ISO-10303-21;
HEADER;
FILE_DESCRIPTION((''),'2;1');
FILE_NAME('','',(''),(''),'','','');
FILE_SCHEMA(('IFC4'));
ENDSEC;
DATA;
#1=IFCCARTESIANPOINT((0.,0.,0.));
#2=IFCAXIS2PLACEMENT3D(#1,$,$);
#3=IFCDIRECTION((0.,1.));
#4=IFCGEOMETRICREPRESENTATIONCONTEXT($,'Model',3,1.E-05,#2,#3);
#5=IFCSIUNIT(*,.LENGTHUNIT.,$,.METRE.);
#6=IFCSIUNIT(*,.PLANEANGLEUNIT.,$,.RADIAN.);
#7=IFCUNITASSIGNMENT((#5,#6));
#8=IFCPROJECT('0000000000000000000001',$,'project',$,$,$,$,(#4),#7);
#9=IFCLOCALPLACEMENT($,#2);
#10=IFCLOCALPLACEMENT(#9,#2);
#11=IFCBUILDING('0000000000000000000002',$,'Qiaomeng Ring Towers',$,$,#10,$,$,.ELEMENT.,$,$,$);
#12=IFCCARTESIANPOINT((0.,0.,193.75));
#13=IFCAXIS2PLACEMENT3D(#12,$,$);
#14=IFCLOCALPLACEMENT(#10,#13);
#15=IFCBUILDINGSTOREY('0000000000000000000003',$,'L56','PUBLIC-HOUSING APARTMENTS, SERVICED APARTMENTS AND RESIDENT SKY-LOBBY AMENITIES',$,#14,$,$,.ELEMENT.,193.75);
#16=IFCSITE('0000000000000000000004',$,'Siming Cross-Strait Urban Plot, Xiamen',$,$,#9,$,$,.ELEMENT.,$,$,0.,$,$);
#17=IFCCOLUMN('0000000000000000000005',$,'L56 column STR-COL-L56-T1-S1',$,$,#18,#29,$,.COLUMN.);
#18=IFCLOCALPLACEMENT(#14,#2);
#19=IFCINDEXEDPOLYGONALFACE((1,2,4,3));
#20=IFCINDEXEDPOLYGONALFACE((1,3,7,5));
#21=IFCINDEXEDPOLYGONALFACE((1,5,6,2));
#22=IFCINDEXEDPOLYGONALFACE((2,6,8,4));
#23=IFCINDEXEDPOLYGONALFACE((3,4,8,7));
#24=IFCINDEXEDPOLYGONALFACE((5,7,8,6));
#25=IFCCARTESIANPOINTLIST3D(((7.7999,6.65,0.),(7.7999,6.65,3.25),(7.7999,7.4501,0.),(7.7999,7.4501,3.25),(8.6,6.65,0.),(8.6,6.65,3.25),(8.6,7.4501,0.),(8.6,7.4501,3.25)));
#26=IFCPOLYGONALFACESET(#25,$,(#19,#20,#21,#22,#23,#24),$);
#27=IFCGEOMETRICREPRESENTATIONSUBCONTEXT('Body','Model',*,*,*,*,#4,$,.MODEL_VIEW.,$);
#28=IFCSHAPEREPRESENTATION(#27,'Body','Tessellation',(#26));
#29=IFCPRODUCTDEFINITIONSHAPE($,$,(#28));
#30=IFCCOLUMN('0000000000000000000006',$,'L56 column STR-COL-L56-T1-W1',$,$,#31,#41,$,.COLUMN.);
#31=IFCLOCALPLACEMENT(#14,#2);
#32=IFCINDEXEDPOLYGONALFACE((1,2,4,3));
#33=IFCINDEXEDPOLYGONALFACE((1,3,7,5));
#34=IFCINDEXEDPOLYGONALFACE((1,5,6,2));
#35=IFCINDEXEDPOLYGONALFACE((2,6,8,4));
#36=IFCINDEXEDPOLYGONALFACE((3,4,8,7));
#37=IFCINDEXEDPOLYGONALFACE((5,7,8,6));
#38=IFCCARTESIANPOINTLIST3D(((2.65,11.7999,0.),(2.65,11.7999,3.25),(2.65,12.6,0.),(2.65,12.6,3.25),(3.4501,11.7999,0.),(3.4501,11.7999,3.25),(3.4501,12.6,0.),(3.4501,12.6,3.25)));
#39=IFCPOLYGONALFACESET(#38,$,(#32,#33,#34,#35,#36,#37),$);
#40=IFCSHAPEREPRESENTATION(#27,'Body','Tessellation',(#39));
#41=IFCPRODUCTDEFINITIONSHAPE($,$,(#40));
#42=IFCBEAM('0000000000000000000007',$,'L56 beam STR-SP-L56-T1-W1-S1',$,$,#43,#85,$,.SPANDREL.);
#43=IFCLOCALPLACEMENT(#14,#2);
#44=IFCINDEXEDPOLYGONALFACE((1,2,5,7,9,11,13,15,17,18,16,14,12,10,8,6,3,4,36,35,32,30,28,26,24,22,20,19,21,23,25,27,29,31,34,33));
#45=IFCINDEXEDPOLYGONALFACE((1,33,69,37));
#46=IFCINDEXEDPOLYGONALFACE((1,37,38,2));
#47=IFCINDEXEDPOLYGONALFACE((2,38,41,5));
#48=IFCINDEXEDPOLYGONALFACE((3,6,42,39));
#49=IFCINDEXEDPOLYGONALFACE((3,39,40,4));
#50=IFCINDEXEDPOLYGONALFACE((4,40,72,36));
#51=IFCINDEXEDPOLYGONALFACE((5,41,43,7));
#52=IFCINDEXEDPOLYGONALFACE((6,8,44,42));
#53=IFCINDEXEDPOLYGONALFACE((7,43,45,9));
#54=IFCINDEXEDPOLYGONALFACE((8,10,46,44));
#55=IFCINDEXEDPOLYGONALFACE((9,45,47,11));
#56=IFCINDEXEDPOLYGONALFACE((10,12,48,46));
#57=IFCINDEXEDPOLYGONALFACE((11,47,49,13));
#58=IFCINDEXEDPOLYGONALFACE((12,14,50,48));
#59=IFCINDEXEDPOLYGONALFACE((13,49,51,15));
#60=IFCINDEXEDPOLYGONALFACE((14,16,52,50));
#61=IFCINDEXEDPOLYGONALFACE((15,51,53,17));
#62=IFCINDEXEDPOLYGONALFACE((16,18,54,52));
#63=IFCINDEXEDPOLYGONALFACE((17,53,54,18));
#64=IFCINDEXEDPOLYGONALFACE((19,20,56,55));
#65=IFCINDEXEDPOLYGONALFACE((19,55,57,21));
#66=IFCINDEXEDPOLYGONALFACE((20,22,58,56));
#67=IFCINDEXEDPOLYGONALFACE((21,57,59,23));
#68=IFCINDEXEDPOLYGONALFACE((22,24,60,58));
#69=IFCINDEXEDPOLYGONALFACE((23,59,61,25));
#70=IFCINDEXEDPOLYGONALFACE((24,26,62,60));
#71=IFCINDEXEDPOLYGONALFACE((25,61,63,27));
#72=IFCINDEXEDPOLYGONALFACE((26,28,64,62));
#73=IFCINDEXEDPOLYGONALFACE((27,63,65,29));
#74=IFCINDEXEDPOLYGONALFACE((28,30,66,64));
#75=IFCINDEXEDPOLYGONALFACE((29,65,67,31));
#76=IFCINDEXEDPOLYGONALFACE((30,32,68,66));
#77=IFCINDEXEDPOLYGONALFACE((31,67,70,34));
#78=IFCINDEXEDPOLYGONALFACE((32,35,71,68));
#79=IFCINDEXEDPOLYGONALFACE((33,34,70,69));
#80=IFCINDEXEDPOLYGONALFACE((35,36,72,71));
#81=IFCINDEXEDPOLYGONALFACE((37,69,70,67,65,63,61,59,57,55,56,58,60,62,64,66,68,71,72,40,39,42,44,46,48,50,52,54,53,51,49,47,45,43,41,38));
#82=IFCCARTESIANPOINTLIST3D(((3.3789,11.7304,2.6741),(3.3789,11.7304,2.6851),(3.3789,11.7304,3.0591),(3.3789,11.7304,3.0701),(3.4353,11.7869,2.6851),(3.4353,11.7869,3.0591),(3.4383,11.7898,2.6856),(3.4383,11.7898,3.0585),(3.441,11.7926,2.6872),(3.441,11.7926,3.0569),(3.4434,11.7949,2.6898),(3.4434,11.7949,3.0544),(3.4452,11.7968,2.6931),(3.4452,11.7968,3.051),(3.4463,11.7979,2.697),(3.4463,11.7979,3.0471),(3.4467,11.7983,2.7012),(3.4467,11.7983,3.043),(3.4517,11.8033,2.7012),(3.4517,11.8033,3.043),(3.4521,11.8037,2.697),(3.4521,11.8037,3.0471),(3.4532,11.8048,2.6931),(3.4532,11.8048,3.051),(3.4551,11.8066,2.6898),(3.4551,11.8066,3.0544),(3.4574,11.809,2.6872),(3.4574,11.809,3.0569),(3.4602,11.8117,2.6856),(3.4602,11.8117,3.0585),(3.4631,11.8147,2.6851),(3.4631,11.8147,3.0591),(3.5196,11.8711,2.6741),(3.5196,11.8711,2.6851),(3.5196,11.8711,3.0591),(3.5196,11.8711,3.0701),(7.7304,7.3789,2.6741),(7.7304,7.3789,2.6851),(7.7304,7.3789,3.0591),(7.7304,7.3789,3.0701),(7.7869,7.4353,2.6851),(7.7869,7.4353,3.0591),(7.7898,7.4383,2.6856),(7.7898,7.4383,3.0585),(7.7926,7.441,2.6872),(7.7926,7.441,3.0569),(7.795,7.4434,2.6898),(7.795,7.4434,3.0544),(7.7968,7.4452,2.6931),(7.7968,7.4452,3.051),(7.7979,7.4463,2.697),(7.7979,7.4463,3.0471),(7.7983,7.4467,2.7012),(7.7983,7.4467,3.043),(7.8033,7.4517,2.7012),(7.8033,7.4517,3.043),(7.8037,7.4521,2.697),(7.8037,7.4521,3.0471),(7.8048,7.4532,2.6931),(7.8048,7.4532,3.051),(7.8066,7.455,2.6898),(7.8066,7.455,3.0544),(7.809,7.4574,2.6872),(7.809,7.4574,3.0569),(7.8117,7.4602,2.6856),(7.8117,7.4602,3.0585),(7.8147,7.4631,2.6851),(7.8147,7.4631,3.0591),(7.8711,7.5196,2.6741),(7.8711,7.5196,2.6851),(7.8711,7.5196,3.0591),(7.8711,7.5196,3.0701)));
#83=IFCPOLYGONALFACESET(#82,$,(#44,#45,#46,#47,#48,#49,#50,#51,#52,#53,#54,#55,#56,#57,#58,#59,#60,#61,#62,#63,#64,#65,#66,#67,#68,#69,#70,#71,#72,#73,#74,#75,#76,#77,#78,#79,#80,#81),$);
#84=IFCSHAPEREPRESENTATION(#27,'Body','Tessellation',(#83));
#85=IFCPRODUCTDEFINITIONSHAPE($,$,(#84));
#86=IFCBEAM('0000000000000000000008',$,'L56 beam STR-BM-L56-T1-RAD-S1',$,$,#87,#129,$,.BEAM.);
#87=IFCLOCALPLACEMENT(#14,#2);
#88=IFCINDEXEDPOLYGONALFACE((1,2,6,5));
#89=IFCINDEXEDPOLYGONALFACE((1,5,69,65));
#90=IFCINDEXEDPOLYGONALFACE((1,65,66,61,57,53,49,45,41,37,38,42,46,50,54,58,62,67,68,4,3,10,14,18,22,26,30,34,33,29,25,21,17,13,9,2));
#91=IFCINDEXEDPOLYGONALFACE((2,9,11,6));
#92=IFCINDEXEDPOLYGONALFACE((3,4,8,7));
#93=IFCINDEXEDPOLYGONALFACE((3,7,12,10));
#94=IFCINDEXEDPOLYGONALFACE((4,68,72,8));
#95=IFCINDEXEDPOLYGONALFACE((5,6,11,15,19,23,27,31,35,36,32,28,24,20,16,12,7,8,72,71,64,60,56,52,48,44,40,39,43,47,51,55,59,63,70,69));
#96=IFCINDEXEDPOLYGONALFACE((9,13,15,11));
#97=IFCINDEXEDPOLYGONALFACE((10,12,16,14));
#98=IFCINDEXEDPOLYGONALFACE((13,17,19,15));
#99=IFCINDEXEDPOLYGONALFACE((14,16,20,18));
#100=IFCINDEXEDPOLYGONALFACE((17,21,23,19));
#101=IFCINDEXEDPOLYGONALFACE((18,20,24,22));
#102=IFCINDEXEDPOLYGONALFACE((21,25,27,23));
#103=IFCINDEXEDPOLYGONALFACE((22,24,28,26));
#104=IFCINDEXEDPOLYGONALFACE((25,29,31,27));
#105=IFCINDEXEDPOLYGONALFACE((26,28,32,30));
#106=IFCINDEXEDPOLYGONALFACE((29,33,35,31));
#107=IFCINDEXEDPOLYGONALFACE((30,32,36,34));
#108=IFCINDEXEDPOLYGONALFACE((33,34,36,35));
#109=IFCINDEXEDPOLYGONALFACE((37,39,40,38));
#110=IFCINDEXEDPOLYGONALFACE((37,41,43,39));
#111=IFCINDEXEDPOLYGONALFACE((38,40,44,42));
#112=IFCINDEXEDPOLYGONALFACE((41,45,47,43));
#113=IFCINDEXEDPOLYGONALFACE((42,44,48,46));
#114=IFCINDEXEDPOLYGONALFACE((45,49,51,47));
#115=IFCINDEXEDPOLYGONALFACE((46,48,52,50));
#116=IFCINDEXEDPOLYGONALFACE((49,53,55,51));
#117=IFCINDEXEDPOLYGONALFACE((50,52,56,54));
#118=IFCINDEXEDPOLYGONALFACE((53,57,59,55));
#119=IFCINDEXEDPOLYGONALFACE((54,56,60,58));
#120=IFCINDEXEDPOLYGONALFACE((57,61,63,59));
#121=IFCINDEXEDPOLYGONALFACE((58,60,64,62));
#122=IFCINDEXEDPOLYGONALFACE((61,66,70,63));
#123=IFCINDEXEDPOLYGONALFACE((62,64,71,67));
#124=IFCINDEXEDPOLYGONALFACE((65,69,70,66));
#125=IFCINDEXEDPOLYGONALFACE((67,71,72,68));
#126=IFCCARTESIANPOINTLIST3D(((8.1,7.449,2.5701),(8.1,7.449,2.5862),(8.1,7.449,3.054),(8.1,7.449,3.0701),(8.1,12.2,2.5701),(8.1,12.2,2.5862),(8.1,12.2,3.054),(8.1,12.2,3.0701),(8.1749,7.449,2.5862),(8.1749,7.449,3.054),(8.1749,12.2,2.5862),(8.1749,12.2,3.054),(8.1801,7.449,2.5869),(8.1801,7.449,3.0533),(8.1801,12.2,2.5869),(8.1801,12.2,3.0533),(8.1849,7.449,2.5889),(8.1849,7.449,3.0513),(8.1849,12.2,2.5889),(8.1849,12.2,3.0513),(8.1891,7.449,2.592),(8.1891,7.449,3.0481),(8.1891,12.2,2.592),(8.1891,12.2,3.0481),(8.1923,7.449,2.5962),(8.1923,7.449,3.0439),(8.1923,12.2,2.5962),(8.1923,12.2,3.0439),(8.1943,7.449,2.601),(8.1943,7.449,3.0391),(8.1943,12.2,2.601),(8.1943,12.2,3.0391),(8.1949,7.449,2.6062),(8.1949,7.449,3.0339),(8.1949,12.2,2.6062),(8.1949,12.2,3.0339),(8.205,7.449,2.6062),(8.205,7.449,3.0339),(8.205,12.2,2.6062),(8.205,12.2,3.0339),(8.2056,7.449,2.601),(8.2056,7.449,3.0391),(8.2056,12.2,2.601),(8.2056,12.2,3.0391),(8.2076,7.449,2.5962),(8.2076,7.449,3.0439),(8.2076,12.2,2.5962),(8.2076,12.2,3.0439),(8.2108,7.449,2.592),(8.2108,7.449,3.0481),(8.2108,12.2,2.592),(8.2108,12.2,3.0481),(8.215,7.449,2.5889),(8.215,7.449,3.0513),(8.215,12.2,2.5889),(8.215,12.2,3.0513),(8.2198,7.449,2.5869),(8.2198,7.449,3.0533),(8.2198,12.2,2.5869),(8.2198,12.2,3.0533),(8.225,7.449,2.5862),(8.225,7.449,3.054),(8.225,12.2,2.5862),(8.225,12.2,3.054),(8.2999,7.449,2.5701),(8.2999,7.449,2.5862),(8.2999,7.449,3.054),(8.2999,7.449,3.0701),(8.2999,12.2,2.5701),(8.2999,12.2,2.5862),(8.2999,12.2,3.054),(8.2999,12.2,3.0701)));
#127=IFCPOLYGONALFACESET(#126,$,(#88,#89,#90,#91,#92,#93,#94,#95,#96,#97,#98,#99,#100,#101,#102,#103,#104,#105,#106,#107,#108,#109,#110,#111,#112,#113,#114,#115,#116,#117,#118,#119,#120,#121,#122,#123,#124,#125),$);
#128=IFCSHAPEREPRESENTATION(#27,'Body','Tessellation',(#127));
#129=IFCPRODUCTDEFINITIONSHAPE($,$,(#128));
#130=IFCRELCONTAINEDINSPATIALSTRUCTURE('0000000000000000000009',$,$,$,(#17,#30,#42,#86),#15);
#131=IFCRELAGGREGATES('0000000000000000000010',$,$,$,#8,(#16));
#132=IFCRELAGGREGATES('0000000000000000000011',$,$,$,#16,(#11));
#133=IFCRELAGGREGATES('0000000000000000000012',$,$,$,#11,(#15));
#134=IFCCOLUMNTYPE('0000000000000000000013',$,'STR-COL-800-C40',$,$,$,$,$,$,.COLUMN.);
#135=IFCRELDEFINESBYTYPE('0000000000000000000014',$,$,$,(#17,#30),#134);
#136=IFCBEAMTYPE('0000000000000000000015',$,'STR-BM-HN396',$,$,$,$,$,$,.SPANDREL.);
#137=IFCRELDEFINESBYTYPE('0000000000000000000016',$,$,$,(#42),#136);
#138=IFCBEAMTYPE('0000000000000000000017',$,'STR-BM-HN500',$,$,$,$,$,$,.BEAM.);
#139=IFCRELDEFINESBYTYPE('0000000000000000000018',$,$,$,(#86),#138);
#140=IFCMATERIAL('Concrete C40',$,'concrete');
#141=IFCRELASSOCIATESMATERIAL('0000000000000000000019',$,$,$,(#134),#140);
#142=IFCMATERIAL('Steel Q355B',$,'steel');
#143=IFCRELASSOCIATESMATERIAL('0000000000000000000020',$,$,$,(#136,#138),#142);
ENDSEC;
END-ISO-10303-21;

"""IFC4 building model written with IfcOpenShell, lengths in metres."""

from ifc_helpers import new_model, si_unit, direction, frame, origin, origin_2d, place, context, subcontext, project, spatial, rectangle, i_section, extrude, source, transform, mapped, material, material_profile, profile_set, type_object, element, save


model = new_model("IFC4")

# Units and contexts
model_context = context("Model", 3, precision=1e-05, world=origin(), true_north=direction((0.0, 1.0)))
body_context = subcontext(model_context, "Body", "Model", "MODEL_VIEW")
ifc_project = project(units=[si_unit("LENGTHUNIT", "METRE"), si_unit("PLANEANGLEUNIT", "RADIAN")], contexts=[model_context])

# Site, building, storey
site_placement = place(None, origin())
site = spatial("IfcSite", under=ifc_project, at=site_placement, Name="Siming Cross-Strait Urban Plot, Xiamen", CompositionType="ELEMENT", RefElevation=0.0)
building_placement = place(site_placement, origin())
building = spatial("IfcBuilding", under=site, at=building_placement, Name="Qiaomeng Ring Towers", CompositionType="ELEMENT")
storey_placement = place(building_placement, frame((0.0, 0.0, 193.75)))
storey = spatial("IfcBuildingStorey", under=building, at=storey_placement, Name="L56", Description="PUBLIC-HOUSING APARTMENTS, SERVICED APARTMENTS AND RESIDENT SKY-LOBBY AMENITIES", CompositionType="ELEMENT", Elevation=193.75)

# Columns
ifc_material_1 = material(Name="Concrete C40", Category="concrete")
ifc_material_profile_1 = material_profile(ifc_material_1, rectangle(XDim=0.8, YDim=0.8, at=origin_2d()), Name="RC COL 800x800")
ifc_profile_set_1 = profile_set([ifc_material_profile_1], Name="Concrete C40")
column_type = type_object("IfcColumnType", Name="STR-COL-800-C40", PredefinedType="COLUMN", material=ifc_profile_set_1)
shared_shape_1 = source(origin(), body_context, "Body", "SweptSolid", [
    extrude(rectangle(XDim=0.8, YDim=0.8, at=origin_2d()), origin(), (0.0, 0.0, 1.0), 3.25),
])
for number, where, z_axis, x_axis, name in (
    (1, (8.2, 7.05, 0.0), (0.0, 0.0, 1.0), (1.0, 0.0, 0.0), "L56 column STR-COL-L56-T1-S1"),
    (2, (3.05, 12.2, 0.0), (0.0, 0.0, 1.0), (1.0, 0.0, 0.0), "L56 column STR-COL-L56-T1-W1"),
):
    element("IfcColumn", number, at=place(storey_placement, frame(where, z_axis=z_axis, x_axis=x_axis)), inside=storey, type_object=column_type, Name=name, PredefinedType="COLUMN", context=body_context, shape_type="MappedRepresentation", body=[
        mapped(shared_shape_1, transform((0.0, 0.0, 0.0), x_axis=(1.0, 0.0, 0.0), y_axis=(0.0, 1.0, 0.0), z_axis=(0.0, 0.0, 1.0), scale=1.0)),
    ])

# Beams
ifc_material_2 = material(Name="Steel Q355B", Category="steel")
ifc_material_profile_2 = material_profile(ifc_material_2, i_section(OverallWidth=0.199, OverallDepth=0.396, WebThickness=0.0071, FlangeThickness=0.011, FilletRadius=0.0161, at=origin_2d()), Name="HN 396x199x7x11")
ifc_profile_set_2 = profile_set([ifc_material_profile_2], Name="Steel Q355B")
beam_type_1 = type_object("IfcBeamType", Name="STR-BM-HN396", PredefinedType="SPANDREL", material=ifc_profile_set_2)
shared_shape_2 = source(origin(), body_context, "Body", "SweptSolid", [
    extrude(i_section(OverallWidth=0.199, OverallDepth=0.396, WebThickness=0.0071, FlangeThickness=0.011, FilletRadius=0.0161, at=origin_2d()), origin(), (0.0, 0.0, 1.0), 6.1541),
])
beam_1_placement = place(storey_placement, frame((3.4492, 11.8008, 2.8721), z_axis=(0.707107, -0.707107, 0.0), x_axis=(0.707107, 0.707107, 0.0)))
element("IfcBeam", 3, at=beam_1_placement, inside=storey, type_object=beam_type_1, Name="L56 beam STR-SP-L56-T1-W1-S1", PredefinedType="SPANDREL", context=body_context, shape_type="MappedRepresentation", body=[
    mapped(shared_shape_2, transform((0.0, 0.0, 0.0), x_axis=(1.0, 0.0, 0.0), y_axis=(0.0, 1.0, 0.0), z_axis=(0.0, 0.0, 1.0), scale=1.0)),
])
ifc_material_profile_3 = material_profile(ifc_material_2, i_section(OverallWidth=0.2, OverallDepth=0.5, WebThickness=0.01, FlangeThickness=0.0161, FilletRadius=0.02, at=origin_2d()), Name="HN 500x200x10x16")
ifc_profile_set_3 = profile_set([ifc_material_profile_3], Name="Steel Q355B")
beam_type_2 = type_object("IfcBeamType", Name="STR-BM-HN500", PredefinedType="BEAM", material=ifc_profile_set_3)
shared_shape_3 = source(origin(), body_context, "Body", "SweptSolid", [
    extrude(i_section(OverallWidth=0.2, OverallDepth=0.5, WebThickness=0.01, FlangeThickness=0.0161, FilletRadius=0.02, at=origin_2d()), origin(), (0.0, 0.0, 1.0), 4.751),
])
beam_2_placement = place(storey_placement, frame((8.2, 7.449, 2.8201), z_axis=(0.0, 1.0, 0.0), x_axis=(-1.0, 0.0, 0.0)))
element("IfcBeam", 4, at=beam_2_placement, inside=storey, type_object=beam_type_2, Name="L56 beam STR-BM-L56-T1-RAD-S1", PredefinedType="BEAM", context=body_context, shape_type="MappedRepresentation", body=[
    mapped(shared_shape_3, transform((0.0, 0.0, 0.0), x_axis=(1.0, 0.0, 0.0), y_axis=(0.0, 1.0, 0.0), z_axis=(0.0, 0.0, 1.0), scale=1.0)),
])

save(model, "model.ifc")
